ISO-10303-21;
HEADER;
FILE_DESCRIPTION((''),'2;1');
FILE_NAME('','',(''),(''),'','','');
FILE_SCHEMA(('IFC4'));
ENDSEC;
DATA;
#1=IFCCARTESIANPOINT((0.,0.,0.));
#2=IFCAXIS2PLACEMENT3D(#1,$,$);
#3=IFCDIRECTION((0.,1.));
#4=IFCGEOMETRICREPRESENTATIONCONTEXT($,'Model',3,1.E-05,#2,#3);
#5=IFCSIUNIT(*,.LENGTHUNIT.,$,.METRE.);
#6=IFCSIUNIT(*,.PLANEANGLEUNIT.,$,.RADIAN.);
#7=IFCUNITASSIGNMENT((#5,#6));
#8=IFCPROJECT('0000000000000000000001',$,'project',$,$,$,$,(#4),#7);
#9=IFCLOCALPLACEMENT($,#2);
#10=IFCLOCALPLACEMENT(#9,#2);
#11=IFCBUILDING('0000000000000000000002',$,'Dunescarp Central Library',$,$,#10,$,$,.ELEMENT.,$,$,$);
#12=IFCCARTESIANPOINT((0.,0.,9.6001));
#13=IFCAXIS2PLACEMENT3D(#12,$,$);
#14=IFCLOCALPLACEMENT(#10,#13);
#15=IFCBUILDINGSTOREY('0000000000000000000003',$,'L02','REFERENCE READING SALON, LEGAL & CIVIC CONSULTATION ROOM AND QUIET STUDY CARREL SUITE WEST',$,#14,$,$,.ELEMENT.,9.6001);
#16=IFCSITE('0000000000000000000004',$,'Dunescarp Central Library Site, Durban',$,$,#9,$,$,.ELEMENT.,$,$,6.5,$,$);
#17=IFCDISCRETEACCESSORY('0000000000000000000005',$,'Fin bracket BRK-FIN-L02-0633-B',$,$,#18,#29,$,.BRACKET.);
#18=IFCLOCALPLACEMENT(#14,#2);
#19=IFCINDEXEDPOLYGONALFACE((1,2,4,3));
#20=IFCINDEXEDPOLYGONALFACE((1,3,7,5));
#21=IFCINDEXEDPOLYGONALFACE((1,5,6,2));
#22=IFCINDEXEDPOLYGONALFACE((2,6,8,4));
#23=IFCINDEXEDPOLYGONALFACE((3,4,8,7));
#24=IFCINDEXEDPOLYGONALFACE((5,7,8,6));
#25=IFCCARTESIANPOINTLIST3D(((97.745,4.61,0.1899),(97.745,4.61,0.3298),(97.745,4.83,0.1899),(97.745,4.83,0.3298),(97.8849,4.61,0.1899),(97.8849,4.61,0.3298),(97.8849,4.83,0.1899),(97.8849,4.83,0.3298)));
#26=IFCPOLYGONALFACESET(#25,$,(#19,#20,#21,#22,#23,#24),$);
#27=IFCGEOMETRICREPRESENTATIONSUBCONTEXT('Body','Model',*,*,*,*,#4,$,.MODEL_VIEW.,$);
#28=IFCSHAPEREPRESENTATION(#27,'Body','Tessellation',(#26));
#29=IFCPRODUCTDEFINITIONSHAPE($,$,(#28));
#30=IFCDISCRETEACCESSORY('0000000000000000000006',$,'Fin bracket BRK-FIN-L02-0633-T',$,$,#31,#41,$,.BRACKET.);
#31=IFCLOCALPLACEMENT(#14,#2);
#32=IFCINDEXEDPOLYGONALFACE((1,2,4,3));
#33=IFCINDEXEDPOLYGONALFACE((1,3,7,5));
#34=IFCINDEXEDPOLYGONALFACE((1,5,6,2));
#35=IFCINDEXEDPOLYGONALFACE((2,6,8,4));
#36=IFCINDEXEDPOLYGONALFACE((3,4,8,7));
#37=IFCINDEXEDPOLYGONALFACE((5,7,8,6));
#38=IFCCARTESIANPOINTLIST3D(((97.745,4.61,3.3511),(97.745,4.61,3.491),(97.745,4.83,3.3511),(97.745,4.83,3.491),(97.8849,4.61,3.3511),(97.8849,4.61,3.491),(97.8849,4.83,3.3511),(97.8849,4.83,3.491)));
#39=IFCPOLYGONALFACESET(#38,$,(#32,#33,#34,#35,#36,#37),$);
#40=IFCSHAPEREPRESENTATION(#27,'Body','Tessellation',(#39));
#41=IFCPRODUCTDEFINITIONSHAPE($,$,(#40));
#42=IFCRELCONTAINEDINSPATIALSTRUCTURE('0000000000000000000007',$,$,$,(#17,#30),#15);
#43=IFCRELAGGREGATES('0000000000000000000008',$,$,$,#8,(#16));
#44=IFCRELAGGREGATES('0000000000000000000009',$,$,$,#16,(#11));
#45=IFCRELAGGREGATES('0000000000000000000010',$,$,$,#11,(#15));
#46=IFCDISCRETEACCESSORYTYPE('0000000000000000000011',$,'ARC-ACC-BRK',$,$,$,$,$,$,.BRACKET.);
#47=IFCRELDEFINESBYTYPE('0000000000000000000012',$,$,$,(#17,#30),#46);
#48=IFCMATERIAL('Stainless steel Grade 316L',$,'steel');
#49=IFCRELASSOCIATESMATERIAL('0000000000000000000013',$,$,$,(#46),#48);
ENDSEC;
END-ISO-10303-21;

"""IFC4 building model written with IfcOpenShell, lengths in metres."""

from ifc_helpers import new_model, si_unit, direction, frame, origin, origin_2d, place, context, subcontext, project, spatial, rectangle, extrude, material, type_object, element, save


model = new_model("IFC4")

# Units and contexts
model_context = context("Model", 3, precision=1e-05, world=origin(), true_north=direction((0.0, 1.0)))
body_context = subcontext(model_context, "Body", "Model", "MODEL_VIEW")
ifc_project = project(units=[si_unit("LENGTHUNIT", "METRE"), si_unit("PLANEANGLEUNIT", "RADIAN")], contexts=[model_context])

# Site, building, storey
site_placement = place(None, origin())
site = spatial("IfcSite", under=ifc_project, at=site_placement, Name="Dunescarp Central Library Site, Durban", CompositionType="ELEMENT", RefElevation=6.5)
building_placement = place(site_placement, origin())
building = spatial("IfcBuilding", under=site, at=building_placement, Name="Dunescarp Central Library", CompositionType="ELEMENT")
storey_placement = place(building_placement, frame((0.0, 0.0, 9.6001)))
storey = spatial("IfcBuildingStorey", under=building, at=storey_placement, Name="L02", Description="REFERENCE READING SALON, LEGAL & CIVIC CONSULTATION ROOM AND QUIET STUDY CARREL SUITE WEST", CompositionType="ELEMENT", Elevation=9.6001)

# Discrete accessories
ifc_material_1 = material(Name="Stainless steel Grade 316L", Category="steel")
discrete_accessory_type = type_object("IfcDiscreteAccessoryType", Name="ARC-ACC-BRK", PredefinedType="BRACKET", material=ifc_material_1)
for number, where, z_axis, x_axis, name in (
    (1, (97.8149, 4.72, 0.1899), (0.0, 0.0, 1.0), (0.0, -1.0, 0.0), "Fin bracket BRK-FIN-L02-0633-B"),
    (2, (97.8149, 4.72, 3.3511), (0.0, 0.0, 1.0), (0.0, -1.0, 0.0), "Fin bracket BRK-FIN-L02-0633-T"),
):
    element("IfcDiscreteAccessory", number, at=place(storey_placement, frame(where, z_axis=z_axis, x_axis=x_axis)), inside=storey, type_object=discrete_accessory_type, Name=name, PredefinedType="BRACKET", context=body_context, shape_type="SweptSolid", body=[
        extrude(rectangle(XDim=0.22, YDim=0.1399, at=origin_2d()), origin(), (0.0, 0.0, 1.0), 0.1399),
    ])

save(model, "model.ifc")
